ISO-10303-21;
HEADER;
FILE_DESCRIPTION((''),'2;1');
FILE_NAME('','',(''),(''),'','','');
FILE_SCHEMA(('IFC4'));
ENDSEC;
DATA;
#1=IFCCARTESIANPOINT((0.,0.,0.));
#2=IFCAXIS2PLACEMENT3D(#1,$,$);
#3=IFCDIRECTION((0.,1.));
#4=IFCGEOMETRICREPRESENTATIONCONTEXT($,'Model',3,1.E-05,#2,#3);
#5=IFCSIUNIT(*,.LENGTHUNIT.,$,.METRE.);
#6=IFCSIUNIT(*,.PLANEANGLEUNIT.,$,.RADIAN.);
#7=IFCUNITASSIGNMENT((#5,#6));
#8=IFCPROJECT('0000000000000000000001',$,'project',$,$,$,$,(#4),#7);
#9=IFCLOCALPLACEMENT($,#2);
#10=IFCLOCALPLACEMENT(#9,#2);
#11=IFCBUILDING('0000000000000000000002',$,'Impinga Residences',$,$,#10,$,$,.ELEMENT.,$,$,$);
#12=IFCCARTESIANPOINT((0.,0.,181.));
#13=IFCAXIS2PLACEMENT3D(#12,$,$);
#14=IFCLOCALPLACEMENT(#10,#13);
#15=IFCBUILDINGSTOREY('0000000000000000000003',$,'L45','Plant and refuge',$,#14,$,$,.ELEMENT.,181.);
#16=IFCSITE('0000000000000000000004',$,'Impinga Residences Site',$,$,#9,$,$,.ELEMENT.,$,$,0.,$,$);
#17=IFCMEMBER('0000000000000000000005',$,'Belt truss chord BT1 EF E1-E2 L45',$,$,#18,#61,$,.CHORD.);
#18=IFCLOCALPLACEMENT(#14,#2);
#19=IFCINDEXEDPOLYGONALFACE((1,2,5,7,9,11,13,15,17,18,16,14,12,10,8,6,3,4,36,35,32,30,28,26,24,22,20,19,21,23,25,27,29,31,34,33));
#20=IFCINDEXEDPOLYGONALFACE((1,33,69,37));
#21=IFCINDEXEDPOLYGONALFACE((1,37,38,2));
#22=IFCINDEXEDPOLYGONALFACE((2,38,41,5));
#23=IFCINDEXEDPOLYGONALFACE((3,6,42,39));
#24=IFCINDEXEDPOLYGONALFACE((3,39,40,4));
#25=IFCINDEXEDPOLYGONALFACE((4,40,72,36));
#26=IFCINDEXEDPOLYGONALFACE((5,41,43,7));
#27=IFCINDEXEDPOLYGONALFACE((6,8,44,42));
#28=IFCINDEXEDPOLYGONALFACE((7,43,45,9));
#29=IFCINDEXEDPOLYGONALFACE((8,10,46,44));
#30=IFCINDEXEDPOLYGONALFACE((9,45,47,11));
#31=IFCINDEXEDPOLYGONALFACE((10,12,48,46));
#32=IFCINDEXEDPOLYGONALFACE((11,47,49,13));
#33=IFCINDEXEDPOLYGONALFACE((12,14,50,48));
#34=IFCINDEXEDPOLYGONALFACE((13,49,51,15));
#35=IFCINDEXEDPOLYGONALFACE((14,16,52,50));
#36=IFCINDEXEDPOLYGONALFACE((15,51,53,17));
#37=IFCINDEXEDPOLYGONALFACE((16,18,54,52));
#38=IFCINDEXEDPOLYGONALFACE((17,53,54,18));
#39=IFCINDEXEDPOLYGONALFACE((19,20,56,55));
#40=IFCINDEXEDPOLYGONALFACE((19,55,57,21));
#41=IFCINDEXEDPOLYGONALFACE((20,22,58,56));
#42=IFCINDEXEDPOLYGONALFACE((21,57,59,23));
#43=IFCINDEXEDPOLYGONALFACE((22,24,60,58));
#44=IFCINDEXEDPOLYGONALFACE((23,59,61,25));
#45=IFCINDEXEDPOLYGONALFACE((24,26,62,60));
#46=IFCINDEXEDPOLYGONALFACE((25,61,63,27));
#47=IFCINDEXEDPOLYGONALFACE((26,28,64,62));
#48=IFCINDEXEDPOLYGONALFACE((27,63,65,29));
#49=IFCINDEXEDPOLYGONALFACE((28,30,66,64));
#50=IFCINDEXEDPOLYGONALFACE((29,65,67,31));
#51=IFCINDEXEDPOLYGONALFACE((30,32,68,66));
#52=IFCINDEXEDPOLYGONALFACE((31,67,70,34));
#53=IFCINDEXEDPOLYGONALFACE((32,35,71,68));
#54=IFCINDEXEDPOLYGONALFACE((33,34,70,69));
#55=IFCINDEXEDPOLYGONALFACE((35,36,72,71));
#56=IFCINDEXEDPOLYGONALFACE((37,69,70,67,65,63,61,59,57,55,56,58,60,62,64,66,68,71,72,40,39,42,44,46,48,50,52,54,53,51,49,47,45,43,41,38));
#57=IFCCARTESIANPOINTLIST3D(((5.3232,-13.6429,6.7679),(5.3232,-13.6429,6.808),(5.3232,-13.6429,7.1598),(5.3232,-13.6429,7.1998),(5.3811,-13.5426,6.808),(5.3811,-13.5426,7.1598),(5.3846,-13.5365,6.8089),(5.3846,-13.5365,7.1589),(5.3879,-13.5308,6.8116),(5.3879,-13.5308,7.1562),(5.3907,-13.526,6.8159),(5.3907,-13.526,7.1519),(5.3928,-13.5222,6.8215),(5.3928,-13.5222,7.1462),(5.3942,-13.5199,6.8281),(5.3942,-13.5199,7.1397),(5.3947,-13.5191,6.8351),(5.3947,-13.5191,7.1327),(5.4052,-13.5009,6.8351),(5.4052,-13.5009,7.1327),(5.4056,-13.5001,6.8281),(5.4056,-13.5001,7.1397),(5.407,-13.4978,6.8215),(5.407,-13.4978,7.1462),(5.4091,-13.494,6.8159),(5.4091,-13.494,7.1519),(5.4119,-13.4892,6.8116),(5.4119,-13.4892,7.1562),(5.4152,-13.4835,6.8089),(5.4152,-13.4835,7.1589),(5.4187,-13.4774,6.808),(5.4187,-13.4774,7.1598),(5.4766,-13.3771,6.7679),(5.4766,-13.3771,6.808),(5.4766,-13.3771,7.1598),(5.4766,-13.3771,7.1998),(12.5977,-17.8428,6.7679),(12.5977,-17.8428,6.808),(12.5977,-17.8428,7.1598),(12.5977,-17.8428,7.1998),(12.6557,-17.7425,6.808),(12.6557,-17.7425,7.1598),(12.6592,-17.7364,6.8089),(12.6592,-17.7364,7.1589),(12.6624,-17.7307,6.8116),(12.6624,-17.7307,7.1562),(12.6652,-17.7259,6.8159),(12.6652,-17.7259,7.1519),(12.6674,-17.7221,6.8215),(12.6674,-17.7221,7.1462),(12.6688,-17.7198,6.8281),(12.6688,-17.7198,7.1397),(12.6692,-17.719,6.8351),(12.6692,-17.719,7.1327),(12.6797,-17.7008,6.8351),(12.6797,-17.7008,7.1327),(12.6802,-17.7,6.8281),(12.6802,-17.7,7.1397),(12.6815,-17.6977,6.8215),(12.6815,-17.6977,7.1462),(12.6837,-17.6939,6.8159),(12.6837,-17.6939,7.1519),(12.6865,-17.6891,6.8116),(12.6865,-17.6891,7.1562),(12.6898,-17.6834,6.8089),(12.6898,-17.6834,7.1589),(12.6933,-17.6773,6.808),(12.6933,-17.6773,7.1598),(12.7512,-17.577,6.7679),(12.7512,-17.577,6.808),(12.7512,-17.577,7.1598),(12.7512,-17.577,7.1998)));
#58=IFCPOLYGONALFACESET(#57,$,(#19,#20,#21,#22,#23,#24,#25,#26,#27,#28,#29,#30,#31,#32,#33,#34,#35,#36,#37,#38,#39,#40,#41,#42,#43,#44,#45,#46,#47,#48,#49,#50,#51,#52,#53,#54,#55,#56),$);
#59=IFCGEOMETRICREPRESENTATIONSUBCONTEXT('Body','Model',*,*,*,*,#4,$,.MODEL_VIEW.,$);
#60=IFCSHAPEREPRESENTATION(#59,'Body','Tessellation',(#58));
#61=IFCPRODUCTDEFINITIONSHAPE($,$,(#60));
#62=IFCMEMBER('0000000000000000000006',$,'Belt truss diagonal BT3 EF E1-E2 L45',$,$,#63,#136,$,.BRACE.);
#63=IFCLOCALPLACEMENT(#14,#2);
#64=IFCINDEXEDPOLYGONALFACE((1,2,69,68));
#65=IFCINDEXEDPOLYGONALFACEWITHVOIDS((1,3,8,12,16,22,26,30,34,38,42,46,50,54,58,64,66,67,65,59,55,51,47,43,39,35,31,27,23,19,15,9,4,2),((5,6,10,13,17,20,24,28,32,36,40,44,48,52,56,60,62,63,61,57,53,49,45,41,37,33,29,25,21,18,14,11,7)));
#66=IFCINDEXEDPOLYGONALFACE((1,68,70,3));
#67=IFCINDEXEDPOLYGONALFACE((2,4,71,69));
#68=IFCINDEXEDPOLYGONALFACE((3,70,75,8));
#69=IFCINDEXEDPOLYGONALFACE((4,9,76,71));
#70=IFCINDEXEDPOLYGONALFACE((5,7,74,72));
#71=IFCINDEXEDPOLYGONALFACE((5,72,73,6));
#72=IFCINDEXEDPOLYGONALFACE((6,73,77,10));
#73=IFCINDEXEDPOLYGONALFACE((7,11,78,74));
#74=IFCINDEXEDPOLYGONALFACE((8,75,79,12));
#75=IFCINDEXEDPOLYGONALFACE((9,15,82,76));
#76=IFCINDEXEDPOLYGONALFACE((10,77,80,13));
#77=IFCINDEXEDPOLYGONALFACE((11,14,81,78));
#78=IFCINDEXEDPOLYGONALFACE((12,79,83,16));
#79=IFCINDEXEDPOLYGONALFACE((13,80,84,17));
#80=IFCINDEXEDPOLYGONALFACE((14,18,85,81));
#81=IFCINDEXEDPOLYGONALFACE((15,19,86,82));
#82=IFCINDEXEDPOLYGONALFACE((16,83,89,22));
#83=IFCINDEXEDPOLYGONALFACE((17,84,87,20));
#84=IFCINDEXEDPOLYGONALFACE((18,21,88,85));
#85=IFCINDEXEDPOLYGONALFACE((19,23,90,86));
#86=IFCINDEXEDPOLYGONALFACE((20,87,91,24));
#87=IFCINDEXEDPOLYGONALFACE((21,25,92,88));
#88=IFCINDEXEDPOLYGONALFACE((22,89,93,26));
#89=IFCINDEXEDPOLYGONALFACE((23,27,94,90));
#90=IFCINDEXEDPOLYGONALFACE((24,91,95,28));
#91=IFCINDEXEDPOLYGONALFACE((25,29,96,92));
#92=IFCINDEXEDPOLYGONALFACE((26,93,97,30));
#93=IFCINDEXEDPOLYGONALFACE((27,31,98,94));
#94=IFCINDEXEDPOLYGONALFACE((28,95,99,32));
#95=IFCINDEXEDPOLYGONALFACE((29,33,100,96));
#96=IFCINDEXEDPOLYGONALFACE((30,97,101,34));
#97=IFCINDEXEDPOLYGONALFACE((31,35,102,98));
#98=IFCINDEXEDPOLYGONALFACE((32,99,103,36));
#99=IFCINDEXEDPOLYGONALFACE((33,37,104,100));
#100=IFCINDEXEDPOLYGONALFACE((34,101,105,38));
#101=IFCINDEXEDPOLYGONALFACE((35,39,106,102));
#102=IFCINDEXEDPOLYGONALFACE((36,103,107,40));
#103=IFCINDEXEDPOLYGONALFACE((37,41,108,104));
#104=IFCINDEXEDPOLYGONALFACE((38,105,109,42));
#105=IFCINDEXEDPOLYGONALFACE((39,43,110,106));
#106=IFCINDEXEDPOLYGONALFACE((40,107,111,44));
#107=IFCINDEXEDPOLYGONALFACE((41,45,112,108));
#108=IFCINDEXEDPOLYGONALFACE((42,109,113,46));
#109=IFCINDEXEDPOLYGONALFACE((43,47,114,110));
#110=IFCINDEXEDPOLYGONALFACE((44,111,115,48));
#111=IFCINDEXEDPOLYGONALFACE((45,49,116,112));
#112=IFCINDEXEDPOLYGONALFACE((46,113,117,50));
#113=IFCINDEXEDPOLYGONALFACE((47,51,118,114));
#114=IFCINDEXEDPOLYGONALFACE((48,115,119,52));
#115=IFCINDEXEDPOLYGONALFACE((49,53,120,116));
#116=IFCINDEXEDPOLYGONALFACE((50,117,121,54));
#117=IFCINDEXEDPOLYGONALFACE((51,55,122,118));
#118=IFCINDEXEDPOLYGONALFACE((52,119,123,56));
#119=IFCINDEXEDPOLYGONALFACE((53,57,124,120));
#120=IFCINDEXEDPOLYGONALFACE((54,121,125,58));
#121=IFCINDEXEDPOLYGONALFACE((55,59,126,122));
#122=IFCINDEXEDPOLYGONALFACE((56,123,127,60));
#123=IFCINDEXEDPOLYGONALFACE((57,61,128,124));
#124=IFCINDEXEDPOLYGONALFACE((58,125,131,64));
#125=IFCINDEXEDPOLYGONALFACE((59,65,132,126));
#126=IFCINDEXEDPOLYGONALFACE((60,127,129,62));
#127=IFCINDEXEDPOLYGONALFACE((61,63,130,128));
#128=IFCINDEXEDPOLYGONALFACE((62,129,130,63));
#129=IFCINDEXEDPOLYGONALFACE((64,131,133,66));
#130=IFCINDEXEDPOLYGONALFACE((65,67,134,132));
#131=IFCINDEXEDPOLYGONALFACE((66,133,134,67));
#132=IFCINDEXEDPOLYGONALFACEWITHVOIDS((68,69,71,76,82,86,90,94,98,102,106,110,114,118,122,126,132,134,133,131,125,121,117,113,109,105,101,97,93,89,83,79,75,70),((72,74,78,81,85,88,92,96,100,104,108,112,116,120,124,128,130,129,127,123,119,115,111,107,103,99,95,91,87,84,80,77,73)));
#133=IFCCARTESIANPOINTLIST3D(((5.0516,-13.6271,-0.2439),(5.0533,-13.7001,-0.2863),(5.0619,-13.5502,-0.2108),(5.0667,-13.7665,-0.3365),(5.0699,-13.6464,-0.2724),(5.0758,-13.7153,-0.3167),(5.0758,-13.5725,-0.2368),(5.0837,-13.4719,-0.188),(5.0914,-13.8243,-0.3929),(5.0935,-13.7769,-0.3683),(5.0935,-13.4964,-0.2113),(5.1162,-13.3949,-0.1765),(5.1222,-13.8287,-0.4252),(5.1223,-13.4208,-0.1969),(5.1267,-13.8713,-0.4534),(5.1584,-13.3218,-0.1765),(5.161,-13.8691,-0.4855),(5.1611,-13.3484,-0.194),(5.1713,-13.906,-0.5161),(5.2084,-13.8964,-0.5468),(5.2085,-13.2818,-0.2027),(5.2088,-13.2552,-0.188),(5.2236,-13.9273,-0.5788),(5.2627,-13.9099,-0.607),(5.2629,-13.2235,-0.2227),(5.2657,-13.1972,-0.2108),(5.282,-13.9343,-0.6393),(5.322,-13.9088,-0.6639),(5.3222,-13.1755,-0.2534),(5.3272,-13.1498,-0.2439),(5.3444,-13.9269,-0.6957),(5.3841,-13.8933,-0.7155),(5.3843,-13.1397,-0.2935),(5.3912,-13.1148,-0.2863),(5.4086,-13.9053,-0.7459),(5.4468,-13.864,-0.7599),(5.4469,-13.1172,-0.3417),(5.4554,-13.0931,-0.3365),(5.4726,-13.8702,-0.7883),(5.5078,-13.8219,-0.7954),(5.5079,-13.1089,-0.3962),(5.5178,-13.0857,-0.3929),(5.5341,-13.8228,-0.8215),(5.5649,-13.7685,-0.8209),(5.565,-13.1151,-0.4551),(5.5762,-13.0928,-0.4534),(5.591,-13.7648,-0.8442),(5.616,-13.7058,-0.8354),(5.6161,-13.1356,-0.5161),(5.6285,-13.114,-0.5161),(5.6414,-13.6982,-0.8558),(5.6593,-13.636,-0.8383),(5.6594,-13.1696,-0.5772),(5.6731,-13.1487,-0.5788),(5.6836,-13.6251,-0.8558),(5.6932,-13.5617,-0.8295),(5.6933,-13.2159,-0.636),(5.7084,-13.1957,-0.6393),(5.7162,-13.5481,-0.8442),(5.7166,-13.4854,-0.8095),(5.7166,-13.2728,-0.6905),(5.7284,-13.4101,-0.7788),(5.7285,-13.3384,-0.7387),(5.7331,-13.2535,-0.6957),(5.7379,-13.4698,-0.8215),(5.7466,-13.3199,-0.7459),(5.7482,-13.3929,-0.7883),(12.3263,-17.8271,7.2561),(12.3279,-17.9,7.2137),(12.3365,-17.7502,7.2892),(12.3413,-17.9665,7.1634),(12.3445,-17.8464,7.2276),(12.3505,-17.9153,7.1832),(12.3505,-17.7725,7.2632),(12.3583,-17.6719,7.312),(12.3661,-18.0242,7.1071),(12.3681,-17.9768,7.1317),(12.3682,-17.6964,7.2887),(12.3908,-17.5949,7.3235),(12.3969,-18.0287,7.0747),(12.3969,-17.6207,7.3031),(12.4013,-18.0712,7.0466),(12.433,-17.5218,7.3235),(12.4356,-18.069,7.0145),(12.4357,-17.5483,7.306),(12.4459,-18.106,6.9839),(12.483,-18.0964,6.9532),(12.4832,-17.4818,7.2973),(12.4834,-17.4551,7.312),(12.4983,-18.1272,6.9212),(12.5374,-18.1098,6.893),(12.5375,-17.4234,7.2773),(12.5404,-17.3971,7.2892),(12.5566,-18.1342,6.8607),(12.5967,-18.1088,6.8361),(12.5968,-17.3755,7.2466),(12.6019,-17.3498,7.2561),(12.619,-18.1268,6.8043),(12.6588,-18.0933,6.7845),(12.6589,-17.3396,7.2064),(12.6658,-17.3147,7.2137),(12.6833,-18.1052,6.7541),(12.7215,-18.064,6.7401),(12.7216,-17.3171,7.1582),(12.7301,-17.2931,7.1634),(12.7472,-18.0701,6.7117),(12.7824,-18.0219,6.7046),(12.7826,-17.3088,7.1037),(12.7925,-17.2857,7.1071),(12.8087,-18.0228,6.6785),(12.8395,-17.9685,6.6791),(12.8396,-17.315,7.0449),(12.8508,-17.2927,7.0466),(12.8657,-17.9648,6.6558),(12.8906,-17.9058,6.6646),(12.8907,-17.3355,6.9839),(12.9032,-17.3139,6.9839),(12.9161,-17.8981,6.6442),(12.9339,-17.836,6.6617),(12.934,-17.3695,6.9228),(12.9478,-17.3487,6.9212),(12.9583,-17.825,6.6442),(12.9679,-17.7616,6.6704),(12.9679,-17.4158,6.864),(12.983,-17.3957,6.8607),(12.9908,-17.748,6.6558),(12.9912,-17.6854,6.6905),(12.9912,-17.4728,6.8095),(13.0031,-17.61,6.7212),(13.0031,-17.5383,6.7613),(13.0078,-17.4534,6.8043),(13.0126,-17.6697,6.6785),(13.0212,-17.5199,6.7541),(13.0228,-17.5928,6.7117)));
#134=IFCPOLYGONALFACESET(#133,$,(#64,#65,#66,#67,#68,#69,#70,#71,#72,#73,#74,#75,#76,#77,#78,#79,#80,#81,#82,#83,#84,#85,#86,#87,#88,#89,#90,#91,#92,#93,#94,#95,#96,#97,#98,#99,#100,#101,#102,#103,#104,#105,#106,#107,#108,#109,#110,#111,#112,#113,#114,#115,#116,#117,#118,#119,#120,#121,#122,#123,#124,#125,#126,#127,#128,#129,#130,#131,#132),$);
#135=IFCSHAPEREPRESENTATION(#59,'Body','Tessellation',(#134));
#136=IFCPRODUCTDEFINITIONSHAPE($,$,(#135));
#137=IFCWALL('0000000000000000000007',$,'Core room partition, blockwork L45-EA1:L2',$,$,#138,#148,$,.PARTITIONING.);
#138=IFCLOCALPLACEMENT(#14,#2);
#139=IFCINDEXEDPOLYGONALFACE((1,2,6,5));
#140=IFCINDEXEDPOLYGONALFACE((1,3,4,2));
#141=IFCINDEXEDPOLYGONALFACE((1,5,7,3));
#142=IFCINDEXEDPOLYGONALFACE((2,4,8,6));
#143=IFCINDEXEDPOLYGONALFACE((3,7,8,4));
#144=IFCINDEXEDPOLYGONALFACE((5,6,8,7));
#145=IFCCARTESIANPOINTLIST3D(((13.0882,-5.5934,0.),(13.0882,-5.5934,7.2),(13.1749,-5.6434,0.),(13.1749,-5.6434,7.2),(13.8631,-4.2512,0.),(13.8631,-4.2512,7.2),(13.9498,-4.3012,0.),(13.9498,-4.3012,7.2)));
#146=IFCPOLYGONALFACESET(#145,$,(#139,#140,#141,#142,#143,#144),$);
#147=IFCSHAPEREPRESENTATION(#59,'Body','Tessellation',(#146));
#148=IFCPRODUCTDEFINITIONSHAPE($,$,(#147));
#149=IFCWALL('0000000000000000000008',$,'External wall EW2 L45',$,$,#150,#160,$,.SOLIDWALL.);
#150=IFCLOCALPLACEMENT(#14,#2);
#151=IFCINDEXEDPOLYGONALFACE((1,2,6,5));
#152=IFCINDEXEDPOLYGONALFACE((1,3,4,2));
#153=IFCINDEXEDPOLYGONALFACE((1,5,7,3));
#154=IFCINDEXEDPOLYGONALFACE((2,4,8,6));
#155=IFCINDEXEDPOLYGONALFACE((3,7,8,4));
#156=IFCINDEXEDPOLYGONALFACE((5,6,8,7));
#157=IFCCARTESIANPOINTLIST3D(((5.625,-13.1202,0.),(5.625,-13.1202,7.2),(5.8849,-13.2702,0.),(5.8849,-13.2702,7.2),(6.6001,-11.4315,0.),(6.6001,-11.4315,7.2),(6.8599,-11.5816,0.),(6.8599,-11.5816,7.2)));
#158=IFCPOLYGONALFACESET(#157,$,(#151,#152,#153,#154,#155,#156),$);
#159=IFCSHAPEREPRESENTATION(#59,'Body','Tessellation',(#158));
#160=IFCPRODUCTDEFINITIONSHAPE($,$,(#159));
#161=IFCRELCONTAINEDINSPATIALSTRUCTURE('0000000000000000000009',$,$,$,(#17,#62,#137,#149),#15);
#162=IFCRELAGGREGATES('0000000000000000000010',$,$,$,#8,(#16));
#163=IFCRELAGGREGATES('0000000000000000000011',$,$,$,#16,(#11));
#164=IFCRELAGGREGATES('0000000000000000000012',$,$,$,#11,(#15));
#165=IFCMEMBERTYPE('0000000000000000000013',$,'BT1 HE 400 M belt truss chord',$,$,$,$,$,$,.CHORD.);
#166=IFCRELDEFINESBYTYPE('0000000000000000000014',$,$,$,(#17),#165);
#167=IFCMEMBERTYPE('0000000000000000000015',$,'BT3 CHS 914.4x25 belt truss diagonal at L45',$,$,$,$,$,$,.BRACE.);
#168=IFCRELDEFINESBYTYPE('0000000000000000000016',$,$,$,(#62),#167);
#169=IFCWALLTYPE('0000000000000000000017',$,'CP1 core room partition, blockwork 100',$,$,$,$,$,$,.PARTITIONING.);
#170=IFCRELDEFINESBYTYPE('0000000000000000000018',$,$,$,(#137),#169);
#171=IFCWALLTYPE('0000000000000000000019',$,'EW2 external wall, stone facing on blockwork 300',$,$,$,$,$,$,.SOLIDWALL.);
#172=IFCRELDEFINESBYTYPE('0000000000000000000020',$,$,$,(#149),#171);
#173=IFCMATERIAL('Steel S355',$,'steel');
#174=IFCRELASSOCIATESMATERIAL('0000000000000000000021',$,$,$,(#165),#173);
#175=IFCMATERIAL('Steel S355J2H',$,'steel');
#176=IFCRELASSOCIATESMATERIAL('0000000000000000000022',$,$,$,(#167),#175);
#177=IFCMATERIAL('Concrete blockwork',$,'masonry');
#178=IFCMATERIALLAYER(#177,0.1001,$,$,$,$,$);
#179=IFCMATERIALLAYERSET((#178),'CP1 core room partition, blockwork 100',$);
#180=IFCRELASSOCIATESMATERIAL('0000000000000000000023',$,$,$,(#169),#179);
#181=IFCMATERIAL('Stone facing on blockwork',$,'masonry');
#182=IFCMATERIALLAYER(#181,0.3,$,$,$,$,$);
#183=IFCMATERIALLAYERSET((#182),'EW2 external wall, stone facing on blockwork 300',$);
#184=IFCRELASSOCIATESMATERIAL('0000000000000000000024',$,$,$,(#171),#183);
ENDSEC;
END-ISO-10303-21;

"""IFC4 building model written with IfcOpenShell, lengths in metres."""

from ifc_helpers import new_model, si_unit, direction, frame, frame_2d, origin, origin_2d, place, context, subcontext, project, spatial, rectangle, hollow_circle, i_section, extrude, material, layer, layer_set, material_profile, profile_set, type_object, element, save


model = new_model("IFC4")

# Units and contexts
model_context = context("Model", 3, precision=1e-05, world=origin(), true_north=direction((0.0, 1.0)))
body_context = subcontext(model_context, "Body", "Model", "MODEL_VIEW")
ifc_project = project(units=[si_unit("LENGTHUNIT", "METRE"), si_unit("PLANEANGLEUNIT", "RADIAN")], contexts=[model_context])

# Site, building, storey
site_placement = place(None, origin())
site = spatial("IfcSite", under=ifc_project, at=site_placement, Name="Impinga Residences Site", CompositionType="ELEMENT", RefElevation=0.0)
building_placement = place(site_placement, origin())
building = spatial("IfcBuilding", under=site, at=building_placement, Name="Impinga Residences", CompositionType="ELEMENT")
storey_placement = place(building_placement, frame((0.0, 0.0, 181.0)))
storey = spatial("IfcBuildingStorey", under=building, at=storey_placement, Name="L45", Description="Plant and refuge", CompositionType="ELEMENT", Elevation=181.0)

# Members
ifc_material_1 = material(Name="Steel S355", Category="steel")
ifc_material_profile_1 = material_profile(ifc_material_1, i_section(OverallWidth=0.3069, OverallDepth=0.4319, WebThickness=0.021, FlangeThickness=0.04, FilletRadius=0.0271, at=origin_2d()), Name="HE 400 M")
ifc_profile_set_1 = profile_set([ifc_material_profile_1], Name="Steel S355")
member_type_1 = type_object("IfcMemberType", Name="BT1 HE 400 M belt truss chord", PredefinedType="CHORD", material=ifc_profile_set_1)
member_1_placement = place(storey_placement, frame((5.3999, -13.51, 6.9839), z_axis=(0.866029, -0.499993, 0.0), x_axis=(0.499993, 0.866029, 0.0)))
element("IfcMember", 1, at=member_1_placement, inside=storey, type_object=member_type_1, Name="Belt truss chord BT1 EF E1-E2 L45", PredefinedType="CHORD", context=body_context, shape_type="SweptSolid", body=[
    extrude(i_section(OverallWidth=0.3069, OverallDepth=0.4319, WebThickness=0.021, FlangeThickness=0.04, FilletRadius=0.0271, at=origin_2d()), origin(), (0.0, 0.0, 1.0), 8.3999),
])
ifc_material_2 = material(Name="Steel S355J2H", Category="steel")
ifc_material_profile_2 = material_profile(ifc_material_2, hollow_circle(Radius=0.4573, WallThickness=0.0249, at=origin_2d()), Name="CHS 914.4x25")
ifc_profile_set_2 = profile_set([ifc_material_profile_2], Name="Steel S355J2H")
member_type_2 = type_object("IfcMemberType", Name="BT3 CHS 914.4x25 belt truss diagonal at L45", PredefinedType="BRACE", material=ifc_profile_set_2)
member_2_placement = place(storey_placement, frame((5.3999, -13.51, -0.5161), z_axis=(0.646004, -0.372964, 0.666015), x_axis=(0.499993, 0.866029, 0.0)))
element("IfcMember", 2, at=member_2_placement, inside=storey, type_object=member_type_2, Name="Belt truss diagonal BT3 EF E1-E2 L45", PredefinedType="BRACE", context=body_context, shape_type="SweptSolid", body=[
    extrude(hollow_circle(Radius=0.4573, WallThickness=0.0249, at=origin_2d()), origin(), (0.0, 0.0, 1.0), 11.261),
])

# Walls
ifc_material_3 = material(Name="Concrete blockwork", Category="masonry")
ifc_layer_1 = layer(ifc_material_3, 0.1001)
ifc_layer_set_1 = layer_set([ifc_layer_1], Name="CP1 core room partition, blockwork 100")
wall_type_1 = type_object("IfcWallType", Name="CP1 core room partition, blockwork 100", PredefinedType="PARTITIONING", material=ifc_layer_set_1)
wall_1_placement = place(storey_placement, frame((13.1316, -5.6184, 0.0), z_axis=(0.0, 0.0, 1.0), x_axis=(0.499968, 0.866044, 0.0)))
element("IfcWall", 3, at=wall_1_placement, inside=storey, type_object=wall_type_1, Name="Core room partition, blockwork L45-EA1:L2", PredefinedType="PARTITIONING", context=body_context, shape_type="SweptSolid", body=[
    extrude(rectangle(XDim=1.5498, YDim=0.1001, at=frame_2d((0.7749, 0.0))), origin(), (0.0, 0.0, 1.0), 7.2),
])
ifc_material_4 = material(Name="Stone facing on blockwork", Category="masonry")
ifc_layer_2 = layer(ifc_material_4, 0.3)
ifc_layer_set_2 = layer_set([ifc_layer_2], Name="EW2 external wall, stone facing on blockwork 300")
wall_type_2 = type_object("IfcWallType", Name="EW2 external wall, stone facing on blockwork 300", PredefinedType="SOLIDWALL", material=ifc_layer_set_2)
wall_2_placement = place(storey_placement, frame((5.7549, -13.1953, 0.0), z_axis=(0.0, 0.0, 1.0), x_axis=(0.500044, 0.866, 0.0)))
element("IfcWall", 4, at=wall_2_placement, inside=storey, type_object=wall_type_2, Name="External wall EW2 L45", PredefinedType="SOLIDWALL", context=body_context, shape_type="SweptSolid", body=[
    extrude(rectangle(XDim=1.95, YDim=0.3, at=frame_2d((0.9751, 0.0))), origin(), (0.0, 0.0, 1.0), 7.2),
])

save(model, "model.ifc")
